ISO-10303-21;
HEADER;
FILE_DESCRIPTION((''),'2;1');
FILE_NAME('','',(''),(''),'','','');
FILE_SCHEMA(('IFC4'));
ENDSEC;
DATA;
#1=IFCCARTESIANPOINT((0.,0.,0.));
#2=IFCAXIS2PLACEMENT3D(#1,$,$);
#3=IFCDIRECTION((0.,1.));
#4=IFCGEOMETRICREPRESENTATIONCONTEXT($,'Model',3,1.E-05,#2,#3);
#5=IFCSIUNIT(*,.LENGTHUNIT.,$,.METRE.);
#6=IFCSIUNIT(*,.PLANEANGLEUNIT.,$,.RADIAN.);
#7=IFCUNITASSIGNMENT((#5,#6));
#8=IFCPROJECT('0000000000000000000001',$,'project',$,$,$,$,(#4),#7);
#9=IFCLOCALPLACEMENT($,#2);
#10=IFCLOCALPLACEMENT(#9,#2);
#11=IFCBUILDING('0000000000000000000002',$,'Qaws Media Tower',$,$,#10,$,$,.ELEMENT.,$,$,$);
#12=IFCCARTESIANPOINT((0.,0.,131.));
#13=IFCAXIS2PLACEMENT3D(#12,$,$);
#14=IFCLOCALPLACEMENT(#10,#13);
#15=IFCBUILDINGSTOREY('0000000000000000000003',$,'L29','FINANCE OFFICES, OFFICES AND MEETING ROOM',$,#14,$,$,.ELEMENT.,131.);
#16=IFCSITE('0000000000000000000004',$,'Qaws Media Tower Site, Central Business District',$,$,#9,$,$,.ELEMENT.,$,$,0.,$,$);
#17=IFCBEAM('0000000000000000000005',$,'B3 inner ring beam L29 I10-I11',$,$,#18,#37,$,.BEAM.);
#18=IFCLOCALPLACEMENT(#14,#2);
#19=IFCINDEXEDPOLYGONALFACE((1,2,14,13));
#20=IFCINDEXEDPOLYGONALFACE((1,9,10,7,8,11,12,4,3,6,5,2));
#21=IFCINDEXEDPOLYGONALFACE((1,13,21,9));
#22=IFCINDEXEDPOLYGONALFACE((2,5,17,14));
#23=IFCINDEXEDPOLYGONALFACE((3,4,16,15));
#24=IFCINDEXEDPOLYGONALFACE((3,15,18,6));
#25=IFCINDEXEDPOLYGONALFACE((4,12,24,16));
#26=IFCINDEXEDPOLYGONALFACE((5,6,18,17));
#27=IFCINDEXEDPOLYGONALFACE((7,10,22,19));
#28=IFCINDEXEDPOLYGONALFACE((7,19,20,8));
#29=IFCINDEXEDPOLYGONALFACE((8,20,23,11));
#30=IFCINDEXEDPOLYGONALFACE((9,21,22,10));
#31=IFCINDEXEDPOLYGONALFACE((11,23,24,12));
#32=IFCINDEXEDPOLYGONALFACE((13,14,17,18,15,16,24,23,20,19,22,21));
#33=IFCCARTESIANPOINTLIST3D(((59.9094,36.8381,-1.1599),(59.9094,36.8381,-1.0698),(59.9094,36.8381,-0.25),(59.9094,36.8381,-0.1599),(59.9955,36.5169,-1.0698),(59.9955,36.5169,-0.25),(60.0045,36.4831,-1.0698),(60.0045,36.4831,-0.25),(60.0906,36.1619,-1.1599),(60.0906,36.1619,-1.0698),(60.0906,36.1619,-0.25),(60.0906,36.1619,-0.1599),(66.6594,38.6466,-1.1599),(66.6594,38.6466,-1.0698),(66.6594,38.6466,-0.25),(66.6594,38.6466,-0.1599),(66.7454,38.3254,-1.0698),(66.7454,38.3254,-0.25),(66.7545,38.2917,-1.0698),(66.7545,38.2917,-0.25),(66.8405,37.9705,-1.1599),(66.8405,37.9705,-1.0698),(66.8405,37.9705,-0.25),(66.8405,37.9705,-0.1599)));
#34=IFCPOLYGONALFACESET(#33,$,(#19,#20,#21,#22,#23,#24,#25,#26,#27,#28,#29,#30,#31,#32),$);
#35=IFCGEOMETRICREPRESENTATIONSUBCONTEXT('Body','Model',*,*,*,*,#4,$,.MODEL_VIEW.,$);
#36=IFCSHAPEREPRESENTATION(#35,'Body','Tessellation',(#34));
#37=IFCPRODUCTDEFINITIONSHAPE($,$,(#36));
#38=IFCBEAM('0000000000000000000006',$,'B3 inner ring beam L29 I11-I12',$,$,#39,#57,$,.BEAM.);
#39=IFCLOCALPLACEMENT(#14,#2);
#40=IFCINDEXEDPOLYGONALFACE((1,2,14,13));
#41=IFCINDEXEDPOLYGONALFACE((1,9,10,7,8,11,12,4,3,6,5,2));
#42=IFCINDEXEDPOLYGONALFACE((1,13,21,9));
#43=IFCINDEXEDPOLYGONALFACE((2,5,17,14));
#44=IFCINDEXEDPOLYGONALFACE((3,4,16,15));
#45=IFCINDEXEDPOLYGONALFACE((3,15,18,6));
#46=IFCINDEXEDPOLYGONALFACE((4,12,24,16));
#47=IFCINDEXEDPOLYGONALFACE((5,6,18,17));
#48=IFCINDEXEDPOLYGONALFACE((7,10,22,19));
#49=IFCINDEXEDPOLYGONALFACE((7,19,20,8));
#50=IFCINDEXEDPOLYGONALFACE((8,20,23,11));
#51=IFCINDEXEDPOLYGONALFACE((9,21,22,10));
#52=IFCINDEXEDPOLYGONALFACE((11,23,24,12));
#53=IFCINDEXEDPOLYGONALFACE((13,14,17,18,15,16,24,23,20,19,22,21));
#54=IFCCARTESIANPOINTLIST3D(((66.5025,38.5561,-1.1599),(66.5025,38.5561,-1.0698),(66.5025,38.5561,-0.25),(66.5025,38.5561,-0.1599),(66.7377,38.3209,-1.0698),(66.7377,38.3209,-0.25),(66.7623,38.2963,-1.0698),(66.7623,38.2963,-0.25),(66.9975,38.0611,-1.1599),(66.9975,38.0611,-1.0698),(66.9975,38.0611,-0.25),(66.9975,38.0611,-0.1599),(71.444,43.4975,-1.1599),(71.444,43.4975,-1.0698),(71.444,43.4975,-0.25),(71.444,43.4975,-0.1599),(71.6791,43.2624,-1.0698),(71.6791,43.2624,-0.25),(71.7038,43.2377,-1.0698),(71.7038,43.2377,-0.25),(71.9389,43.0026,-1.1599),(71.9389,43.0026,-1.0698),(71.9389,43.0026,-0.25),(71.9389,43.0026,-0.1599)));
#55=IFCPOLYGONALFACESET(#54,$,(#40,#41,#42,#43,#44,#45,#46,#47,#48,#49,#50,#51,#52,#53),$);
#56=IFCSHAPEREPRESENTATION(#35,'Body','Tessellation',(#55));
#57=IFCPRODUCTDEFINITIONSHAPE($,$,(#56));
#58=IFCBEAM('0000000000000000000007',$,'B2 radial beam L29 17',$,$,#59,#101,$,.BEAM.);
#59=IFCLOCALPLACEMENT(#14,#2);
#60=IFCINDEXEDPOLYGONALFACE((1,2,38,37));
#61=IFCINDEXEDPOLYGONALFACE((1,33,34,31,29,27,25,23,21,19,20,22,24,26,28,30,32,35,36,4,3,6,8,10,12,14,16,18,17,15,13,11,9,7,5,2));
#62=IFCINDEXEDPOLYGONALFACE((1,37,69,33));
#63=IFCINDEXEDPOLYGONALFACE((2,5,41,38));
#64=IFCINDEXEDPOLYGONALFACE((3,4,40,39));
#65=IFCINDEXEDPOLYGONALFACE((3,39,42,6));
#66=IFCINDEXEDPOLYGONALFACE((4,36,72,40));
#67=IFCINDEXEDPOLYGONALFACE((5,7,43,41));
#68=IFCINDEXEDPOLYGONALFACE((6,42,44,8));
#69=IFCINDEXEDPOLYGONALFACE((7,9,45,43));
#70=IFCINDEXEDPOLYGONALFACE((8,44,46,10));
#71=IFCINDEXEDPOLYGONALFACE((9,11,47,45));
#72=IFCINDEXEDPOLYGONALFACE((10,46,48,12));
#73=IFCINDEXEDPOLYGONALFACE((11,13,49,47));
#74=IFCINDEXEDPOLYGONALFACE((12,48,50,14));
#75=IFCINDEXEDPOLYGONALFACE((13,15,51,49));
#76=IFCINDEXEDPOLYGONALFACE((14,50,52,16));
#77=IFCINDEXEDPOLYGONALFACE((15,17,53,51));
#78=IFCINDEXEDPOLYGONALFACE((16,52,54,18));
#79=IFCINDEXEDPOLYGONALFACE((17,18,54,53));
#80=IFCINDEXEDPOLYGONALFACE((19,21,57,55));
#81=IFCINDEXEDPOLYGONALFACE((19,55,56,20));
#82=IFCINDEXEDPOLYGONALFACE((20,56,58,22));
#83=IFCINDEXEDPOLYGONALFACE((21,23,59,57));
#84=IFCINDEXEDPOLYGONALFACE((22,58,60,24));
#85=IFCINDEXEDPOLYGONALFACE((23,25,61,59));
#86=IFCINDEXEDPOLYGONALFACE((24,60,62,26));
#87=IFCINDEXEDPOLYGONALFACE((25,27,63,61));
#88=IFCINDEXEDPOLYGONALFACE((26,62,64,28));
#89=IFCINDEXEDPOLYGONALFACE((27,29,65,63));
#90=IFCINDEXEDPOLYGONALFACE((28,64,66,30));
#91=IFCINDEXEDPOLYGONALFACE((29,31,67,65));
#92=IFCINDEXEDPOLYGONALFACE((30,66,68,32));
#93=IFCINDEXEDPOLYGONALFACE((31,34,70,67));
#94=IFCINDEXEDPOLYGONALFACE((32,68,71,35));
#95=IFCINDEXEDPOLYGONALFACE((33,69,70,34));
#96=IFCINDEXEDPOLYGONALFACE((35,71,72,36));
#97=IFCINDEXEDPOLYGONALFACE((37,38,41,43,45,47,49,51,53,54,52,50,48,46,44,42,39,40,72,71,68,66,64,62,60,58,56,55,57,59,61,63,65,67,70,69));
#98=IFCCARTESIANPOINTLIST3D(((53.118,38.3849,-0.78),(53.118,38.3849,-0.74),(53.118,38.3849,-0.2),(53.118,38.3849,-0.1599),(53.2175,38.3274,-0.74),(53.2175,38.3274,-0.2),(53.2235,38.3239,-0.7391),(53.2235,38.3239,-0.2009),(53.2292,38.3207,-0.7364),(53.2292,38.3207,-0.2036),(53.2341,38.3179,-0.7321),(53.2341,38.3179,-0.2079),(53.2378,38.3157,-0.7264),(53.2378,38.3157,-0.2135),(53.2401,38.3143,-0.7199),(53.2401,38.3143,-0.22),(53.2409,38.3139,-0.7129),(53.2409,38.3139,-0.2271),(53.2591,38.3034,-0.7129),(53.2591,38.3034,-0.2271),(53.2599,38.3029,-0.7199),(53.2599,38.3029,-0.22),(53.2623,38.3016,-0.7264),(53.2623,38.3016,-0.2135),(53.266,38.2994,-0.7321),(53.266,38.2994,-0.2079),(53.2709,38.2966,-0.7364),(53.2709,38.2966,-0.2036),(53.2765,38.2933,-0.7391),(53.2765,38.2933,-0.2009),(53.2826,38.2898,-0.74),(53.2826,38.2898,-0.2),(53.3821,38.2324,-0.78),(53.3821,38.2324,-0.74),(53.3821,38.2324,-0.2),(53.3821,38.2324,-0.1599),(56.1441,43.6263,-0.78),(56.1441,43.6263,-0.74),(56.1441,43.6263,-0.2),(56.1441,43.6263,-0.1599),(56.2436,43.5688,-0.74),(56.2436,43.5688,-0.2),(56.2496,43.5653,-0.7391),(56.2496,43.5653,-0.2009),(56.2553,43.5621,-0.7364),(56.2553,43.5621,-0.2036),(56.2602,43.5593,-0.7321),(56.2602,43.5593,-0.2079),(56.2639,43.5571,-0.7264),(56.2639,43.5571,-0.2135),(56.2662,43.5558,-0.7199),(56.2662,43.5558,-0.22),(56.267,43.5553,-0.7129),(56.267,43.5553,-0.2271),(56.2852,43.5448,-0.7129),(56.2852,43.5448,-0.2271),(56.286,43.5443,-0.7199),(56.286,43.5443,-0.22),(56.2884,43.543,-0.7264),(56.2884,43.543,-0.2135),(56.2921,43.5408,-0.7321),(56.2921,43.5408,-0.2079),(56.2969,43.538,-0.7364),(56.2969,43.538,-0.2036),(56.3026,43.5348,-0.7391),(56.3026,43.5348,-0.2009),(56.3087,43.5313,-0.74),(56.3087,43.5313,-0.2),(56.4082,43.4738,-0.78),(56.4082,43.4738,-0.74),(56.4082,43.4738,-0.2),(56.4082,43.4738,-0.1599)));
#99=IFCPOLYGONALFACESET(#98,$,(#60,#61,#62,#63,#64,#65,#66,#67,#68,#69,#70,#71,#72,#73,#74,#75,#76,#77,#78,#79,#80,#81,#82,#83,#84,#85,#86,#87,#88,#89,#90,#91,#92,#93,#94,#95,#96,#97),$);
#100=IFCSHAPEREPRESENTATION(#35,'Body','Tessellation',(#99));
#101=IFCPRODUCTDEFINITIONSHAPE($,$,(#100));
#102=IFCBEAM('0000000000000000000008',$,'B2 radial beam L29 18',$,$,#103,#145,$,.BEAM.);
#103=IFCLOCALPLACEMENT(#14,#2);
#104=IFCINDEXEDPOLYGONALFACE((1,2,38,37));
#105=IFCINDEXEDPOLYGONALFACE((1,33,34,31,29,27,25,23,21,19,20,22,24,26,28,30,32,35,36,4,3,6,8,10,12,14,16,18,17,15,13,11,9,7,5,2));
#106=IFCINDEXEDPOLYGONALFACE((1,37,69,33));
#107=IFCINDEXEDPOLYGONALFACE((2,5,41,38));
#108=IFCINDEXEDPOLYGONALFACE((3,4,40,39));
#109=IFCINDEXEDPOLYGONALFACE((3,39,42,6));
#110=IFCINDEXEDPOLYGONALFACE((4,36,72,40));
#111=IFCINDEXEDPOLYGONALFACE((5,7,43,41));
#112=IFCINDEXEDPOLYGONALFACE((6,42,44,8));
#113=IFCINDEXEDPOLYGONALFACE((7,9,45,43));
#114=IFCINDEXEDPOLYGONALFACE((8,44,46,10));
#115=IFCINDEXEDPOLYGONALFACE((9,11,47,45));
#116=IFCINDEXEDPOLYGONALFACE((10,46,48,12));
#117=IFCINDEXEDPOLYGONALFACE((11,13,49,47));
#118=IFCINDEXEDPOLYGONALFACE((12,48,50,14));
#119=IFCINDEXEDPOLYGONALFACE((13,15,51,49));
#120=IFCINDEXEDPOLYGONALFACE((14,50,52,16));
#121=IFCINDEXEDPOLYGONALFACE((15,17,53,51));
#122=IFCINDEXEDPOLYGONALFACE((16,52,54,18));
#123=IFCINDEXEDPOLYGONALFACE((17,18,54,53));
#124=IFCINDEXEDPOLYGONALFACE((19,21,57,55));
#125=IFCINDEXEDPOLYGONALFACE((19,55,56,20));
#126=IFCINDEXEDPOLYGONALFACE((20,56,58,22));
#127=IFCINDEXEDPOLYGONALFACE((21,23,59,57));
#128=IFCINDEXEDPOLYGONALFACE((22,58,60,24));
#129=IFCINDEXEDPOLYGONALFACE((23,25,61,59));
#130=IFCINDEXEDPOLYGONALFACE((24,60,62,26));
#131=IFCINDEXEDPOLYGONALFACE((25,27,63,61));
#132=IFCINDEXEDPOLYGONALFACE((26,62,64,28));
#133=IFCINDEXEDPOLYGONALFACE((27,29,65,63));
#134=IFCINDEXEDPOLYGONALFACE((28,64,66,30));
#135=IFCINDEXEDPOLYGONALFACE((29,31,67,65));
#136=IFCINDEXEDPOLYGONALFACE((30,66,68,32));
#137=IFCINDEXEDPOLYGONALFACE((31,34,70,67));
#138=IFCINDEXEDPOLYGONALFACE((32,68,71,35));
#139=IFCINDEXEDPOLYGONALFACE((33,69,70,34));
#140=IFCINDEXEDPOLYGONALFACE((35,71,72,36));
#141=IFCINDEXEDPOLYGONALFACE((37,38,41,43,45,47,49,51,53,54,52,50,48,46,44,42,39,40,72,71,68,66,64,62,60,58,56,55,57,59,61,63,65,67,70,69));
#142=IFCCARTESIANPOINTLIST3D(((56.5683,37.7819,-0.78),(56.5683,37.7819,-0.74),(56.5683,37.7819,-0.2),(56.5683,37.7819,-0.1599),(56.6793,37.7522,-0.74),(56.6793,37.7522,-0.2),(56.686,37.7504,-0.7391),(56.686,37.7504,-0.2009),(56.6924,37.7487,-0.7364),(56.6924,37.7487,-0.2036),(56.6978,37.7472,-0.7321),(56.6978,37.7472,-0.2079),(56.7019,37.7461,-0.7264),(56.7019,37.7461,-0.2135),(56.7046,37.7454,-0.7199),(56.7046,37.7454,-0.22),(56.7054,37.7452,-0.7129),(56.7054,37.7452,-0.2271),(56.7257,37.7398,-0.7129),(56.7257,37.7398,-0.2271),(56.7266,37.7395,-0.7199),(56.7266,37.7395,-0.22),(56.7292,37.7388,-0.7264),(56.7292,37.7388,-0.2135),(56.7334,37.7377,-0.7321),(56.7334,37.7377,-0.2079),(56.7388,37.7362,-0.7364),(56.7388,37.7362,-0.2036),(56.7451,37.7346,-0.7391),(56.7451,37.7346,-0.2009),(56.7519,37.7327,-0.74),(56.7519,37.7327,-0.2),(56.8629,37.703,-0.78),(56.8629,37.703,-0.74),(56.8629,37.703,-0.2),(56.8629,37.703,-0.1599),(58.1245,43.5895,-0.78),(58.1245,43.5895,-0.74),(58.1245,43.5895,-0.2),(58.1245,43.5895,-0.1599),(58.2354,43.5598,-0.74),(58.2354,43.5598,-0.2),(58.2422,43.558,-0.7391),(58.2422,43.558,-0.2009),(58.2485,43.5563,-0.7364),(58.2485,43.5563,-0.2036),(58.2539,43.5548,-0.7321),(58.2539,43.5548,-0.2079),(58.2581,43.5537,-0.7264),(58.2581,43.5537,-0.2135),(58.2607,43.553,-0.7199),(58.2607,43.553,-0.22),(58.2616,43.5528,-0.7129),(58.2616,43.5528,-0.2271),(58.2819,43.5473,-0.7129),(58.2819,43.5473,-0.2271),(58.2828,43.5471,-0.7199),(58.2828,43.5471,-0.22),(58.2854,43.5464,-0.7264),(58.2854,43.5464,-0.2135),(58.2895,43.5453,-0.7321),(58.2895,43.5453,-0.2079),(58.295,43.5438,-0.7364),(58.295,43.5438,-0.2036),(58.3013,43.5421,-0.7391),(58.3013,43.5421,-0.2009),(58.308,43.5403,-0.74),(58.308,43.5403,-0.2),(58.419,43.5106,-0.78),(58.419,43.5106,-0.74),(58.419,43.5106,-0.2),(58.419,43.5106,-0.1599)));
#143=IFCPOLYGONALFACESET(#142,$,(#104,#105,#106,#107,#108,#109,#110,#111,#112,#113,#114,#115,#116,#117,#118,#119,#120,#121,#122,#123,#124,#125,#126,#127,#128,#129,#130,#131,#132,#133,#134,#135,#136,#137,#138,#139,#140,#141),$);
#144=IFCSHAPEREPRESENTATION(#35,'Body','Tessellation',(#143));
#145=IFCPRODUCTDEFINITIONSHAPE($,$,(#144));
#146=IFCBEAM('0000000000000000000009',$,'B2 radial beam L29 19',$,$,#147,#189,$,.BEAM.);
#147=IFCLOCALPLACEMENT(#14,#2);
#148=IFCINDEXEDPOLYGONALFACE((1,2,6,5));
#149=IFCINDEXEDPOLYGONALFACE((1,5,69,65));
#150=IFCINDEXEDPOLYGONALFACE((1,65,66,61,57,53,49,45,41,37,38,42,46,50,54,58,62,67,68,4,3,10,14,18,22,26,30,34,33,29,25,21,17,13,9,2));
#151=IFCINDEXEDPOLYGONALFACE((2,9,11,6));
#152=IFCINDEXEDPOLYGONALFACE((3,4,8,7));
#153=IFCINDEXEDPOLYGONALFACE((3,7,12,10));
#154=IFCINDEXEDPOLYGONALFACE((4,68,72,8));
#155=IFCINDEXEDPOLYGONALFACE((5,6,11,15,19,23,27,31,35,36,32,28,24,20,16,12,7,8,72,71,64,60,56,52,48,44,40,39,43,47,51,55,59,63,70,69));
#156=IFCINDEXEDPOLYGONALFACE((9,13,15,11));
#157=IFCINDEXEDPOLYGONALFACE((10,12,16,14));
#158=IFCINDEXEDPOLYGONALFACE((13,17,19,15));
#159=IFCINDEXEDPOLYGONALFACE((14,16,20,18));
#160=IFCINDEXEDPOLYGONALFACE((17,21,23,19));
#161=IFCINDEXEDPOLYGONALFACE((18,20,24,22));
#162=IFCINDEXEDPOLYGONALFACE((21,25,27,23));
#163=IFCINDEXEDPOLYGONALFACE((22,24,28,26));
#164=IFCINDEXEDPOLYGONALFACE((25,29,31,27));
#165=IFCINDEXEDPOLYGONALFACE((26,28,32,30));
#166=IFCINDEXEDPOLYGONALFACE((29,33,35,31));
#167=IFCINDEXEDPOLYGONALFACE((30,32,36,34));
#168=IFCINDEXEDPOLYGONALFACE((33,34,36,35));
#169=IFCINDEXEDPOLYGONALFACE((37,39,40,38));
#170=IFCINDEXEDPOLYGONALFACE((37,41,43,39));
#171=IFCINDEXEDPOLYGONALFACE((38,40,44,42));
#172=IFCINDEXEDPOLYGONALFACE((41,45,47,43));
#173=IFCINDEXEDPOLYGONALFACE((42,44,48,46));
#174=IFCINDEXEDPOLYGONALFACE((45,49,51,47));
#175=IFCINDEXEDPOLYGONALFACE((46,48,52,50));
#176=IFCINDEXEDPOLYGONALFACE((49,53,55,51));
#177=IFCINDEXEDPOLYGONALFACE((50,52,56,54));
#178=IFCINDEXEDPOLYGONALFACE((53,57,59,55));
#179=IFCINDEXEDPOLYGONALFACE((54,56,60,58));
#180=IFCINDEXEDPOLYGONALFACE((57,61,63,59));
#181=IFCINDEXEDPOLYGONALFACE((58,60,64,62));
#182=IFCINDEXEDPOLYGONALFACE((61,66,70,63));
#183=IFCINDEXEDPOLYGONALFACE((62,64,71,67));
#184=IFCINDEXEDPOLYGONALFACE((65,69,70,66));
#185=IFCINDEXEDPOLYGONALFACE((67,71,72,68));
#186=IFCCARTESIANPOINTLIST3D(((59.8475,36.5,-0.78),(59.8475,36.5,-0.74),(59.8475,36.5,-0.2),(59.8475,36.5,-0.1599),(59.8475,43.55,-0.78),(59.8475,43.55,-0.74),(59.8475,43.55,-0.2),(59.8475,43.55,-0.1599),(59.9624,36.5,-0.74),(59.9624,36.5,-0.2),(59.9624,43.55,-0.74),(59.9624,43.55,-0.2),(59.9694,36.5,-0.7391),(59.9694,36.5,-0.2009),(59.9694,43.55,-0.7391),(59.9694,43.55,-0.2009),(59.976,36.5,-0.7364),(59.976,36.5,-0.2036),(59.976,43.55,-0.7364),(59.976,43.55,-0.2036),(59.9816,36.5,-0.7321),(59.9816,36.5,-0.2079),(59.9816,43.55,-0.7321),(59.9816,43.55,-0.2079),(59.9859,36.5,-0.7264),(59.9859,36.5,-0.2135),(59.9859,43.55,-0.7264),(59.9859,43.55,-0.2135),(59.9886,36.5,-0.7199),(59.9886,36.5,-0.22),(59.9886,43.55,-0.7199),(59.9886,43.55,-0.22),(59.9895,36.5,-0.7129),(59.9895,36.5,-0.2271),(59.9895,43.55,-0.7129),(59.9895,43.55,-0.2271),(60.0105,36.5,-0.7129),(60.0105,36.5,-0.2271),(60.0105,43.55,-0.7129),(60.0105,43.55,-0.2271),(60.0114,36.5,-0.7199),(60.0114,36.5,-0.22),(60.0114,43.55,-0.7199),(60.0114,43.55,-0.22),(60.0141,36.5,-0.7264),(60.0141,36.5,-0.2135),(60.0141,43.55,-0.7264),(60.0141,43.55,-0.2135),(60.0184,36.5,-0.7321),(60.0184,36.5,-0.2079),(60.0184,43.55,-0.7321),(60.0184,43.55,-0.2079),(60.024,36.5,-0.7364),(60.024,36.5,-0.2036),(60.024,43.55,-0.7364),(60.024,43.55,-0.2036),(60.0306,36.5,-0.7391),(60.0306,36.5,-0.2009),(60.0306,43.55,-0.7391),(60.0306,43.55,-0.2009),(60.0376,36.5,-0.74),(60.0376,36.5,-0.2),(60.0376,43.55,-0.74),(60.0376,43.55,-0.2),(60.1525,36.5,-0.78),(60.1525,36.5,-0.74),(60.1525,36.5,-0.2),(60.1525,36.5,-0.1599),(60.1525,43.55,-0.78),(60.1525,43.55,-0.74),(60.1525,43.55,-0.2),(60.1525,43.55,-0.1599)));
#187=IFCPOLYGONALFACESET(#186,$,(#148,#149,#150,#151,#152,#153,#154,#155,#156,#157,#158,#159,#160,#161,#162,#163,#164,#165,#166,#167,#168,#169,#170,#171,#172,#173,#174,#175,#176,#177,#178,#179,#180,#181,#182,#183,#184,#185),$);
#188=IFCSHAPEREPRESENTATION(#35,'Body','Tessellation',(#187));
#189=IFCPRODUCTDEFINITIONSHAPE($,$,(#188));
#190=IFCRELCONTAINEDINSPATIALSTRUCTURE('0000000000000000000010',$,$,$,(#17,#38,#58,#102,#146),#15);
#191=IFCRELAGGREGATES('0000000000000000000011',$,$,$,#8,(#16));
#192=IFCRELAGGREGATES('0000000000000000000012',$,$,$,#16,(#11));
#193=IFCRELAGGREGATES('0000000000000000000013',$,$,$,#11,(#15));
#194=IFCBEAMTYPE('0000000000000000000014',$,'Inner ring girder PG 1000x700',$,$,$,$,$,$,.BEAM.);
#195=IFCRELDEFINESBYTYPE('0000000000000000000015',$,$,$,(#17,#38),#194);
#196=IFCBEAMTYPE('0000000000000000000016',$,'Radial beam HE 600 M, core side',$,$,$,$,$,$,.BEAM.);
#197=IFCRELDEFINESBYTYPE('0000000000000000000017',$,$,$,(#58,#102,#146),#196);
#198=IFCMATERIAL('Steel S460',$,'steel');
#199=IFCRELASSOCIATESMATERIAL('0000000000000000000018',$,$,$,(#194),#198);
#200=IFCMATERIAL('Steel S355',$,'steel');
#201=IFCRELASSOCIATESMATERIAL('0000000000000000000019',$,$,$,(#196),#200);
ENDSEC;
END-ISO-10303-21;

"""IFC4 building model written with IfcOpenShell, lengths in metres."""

from ifc_helpers import new_model, si_unit, direction, frame, origin, origin_2d, place, context, subcontext, project, spatial, i_section, extrude, material, material_profile, profile_set, type_object, element, save


model = new_model("IFC4")

# Units and contexts
model_context = context("Model", 3, precision=1e-05, world=origin(), true_north=direction((0.0, 1.0)))
body_context = subcontext(model_context, "Body", "Model", "MODEL_VIEW")
ifc_project = project(units=[si_unit("LENGTHUNIT", "METRE"), si_unit("PLANEANGLEUNIT", "RADIAN")], contexts=[model_context])

# Site, building, storey
site_placement = place(None, origin())
site = spatial("IfcSite", under=ifc_project, at=site_placement, Name="Qaws Media Tower Site, Central Business District", CompositionType="ELEMENT", RefElevation=0.0)
building_placement = place(site_placement, origin())
building = spatial("IfcBuilding", under=site, at=building_placement, Name="Qaws Media Tower", CompositionType="ELEMENT")
storey_placement = place(building_placement, frame((0.0, 0.0, 131.0)))
storey = spatial("IfcBuildingStorey", under=building, at=storey_placement, Name="L29", Description="FINANCE OFFICES, OFFICES AND MEETING ROOM", CompositionType="ELEMENT", Elevation=131.0)

# Beams
ifc_material_1 = material(Name="Steel S460", Category="steel")
ifc_material_profile_1 = material_profile(ifc_material_1, i_section(OverallWidth=0.7, OverallDepth=1.0, WebThickness=0.0349, FlangeThickness=0.0901, at=origin_2d()), Name="PG 1000x700")
ifc_profile_set_1 = profile_set([ifc_material_profile_1], Name="Steel S460")
beam_type_1 = type_object("IfcBeamType", Name="Inner ring girder PG 1000x700", PredefinedType="BEAM", material=ifc_profile_set_1)
beam_1_placement = place(storey_placement, frame((60.0, 36.5, -0.6599), z_axis=(0.965928, 0.258811, 0.0), x_axis=(-0.258811, 0.965928, 0.0)))
element("IfcBeam", 1, at=beam_1_placement, inside=storey, type_object=beam_type_1, Name="B3 inner ring beam L29 I10-I11", PredefinedType="BEAM", context=body_context, shape_type="SweptSolid", body=[
    extrude(i_section(OverallWidth=0.7, OverallDepth=1.0, WebThickness=0.0349, FlangeThickness=0.0901, at=origin_2d()), origin(), (0.0, 0.0, 1.0), 6.988),
])
beam_2_placement = place(storey_placement, frame((66.75, 38.3086, -0.6599), z_axis=(0.707107, 0.707107, 0.0), x_axis=(-0.707107, 0.707107, 0.0)))
element("IfcBeam", 2, at=beam_2_placement, inside=storey, type_object=beam_type_1, Name="B3 inner ring beam L29 I11-I12", PredefinedType="BEAM", context=body_context, shape_type="SweptSolid", body=[
    extrude(i_section(OverallWidth=0.7, OverallDepth=1.0, WebThickness=0.0349, FlangeThickness=0.0901, at=origin_2d()), origin(), (0.0, 0.0, 1.0), 6.9883),
])
ifc_material_2 = material(Name="Steel S355", Category="steel")
ifc_material_profile_2 = material_profile(ifc_material_2, i_section(OverallWidth=0.3049, OverallDepth=0.6201, WebThickness=0.021, FlangeThickness=0.04, FilletRadius=0.0271, at=origin_2d()), Name="HE 600 M")
ifc_profile_set_2 = profile_set([ifc_material_profile_2], Name="Steel S355")
beam_type_2 = type_object("IfcBeamType", Name="Radial beam HE 600 M, core side", PredefinedType="BEAM", material=ifc_profile_set_2)
beam_3_placement = place(storey_placement, frame((56.2761, 43.55, -0.47), z_axis=(-0.499996, -0.866028, 0.0), x_axis=(0.866028, -0.499996, 0.0)))
element("IfcBeam", 3, at=beam_3_placement, inside=storey, type_object=beam_type_2, Name="B2 radial beam L29 17", PredefinedType="BEAM", context=body_context, shape_type="SweptSolid", body=[
    extrude(i_section(OverallWidth=0.3049, OverallDepth=0.6201, WebThickness=0.021, FlangeThickness=0.04, FilletRadius=0.0271, at=origin_2d()), origin(), (0.0, 0.0, 1.0), 6.0522),
])
beam_4_placement = place(storey_placement, frame((58.2717, 43.55, -0.47), z_axis=(-0.25882, -0.965926, 0.0), x_axis=(0.965926, -0.25882, 0.0)))
element("IfcBeam", 4, at=beam_4_placement, inside=storey, type_object=beam_type_2, Name="B2 radial beam L29 18", PredefinedType="BEAM", context=body_context, shape_type="SweptSolid", body=[
    extrude(i_section(OverallWidth=0.3049, OverallDepth=0.6201, WebThickness=0.021, FlangeThickness=0.04, FilletRadius=0.0271, at=origin_2d()), origin(), (0.0, 0.0, 1.0), 6.0125),
])
beam_5_placement = place(storey_placement, frame((60.0, 43.55, -0.47), z_axis=(0.0, -1.0, 0.0), x_axis=(1.0, 0.0, 0.0)))
element("IfcBeam", 5, at=beam_5_placement, inside=storey, type_object=beam_type_2, Name="B2 radial beam L29 19", PredefinedType="BEAM", context=body_context, shape_type="SweptSolid", body=[
    extrude(i_section(OverallWidth=0.3049, OverallDepth=0.6201, WebThickness=0.021, FlangeThickness=0.04, FilletRadius=0.0271, at=origin_2d()), origin(), (0.0, 0.0, 1.0), 7.05),
])

save(model, "model.ifc")
